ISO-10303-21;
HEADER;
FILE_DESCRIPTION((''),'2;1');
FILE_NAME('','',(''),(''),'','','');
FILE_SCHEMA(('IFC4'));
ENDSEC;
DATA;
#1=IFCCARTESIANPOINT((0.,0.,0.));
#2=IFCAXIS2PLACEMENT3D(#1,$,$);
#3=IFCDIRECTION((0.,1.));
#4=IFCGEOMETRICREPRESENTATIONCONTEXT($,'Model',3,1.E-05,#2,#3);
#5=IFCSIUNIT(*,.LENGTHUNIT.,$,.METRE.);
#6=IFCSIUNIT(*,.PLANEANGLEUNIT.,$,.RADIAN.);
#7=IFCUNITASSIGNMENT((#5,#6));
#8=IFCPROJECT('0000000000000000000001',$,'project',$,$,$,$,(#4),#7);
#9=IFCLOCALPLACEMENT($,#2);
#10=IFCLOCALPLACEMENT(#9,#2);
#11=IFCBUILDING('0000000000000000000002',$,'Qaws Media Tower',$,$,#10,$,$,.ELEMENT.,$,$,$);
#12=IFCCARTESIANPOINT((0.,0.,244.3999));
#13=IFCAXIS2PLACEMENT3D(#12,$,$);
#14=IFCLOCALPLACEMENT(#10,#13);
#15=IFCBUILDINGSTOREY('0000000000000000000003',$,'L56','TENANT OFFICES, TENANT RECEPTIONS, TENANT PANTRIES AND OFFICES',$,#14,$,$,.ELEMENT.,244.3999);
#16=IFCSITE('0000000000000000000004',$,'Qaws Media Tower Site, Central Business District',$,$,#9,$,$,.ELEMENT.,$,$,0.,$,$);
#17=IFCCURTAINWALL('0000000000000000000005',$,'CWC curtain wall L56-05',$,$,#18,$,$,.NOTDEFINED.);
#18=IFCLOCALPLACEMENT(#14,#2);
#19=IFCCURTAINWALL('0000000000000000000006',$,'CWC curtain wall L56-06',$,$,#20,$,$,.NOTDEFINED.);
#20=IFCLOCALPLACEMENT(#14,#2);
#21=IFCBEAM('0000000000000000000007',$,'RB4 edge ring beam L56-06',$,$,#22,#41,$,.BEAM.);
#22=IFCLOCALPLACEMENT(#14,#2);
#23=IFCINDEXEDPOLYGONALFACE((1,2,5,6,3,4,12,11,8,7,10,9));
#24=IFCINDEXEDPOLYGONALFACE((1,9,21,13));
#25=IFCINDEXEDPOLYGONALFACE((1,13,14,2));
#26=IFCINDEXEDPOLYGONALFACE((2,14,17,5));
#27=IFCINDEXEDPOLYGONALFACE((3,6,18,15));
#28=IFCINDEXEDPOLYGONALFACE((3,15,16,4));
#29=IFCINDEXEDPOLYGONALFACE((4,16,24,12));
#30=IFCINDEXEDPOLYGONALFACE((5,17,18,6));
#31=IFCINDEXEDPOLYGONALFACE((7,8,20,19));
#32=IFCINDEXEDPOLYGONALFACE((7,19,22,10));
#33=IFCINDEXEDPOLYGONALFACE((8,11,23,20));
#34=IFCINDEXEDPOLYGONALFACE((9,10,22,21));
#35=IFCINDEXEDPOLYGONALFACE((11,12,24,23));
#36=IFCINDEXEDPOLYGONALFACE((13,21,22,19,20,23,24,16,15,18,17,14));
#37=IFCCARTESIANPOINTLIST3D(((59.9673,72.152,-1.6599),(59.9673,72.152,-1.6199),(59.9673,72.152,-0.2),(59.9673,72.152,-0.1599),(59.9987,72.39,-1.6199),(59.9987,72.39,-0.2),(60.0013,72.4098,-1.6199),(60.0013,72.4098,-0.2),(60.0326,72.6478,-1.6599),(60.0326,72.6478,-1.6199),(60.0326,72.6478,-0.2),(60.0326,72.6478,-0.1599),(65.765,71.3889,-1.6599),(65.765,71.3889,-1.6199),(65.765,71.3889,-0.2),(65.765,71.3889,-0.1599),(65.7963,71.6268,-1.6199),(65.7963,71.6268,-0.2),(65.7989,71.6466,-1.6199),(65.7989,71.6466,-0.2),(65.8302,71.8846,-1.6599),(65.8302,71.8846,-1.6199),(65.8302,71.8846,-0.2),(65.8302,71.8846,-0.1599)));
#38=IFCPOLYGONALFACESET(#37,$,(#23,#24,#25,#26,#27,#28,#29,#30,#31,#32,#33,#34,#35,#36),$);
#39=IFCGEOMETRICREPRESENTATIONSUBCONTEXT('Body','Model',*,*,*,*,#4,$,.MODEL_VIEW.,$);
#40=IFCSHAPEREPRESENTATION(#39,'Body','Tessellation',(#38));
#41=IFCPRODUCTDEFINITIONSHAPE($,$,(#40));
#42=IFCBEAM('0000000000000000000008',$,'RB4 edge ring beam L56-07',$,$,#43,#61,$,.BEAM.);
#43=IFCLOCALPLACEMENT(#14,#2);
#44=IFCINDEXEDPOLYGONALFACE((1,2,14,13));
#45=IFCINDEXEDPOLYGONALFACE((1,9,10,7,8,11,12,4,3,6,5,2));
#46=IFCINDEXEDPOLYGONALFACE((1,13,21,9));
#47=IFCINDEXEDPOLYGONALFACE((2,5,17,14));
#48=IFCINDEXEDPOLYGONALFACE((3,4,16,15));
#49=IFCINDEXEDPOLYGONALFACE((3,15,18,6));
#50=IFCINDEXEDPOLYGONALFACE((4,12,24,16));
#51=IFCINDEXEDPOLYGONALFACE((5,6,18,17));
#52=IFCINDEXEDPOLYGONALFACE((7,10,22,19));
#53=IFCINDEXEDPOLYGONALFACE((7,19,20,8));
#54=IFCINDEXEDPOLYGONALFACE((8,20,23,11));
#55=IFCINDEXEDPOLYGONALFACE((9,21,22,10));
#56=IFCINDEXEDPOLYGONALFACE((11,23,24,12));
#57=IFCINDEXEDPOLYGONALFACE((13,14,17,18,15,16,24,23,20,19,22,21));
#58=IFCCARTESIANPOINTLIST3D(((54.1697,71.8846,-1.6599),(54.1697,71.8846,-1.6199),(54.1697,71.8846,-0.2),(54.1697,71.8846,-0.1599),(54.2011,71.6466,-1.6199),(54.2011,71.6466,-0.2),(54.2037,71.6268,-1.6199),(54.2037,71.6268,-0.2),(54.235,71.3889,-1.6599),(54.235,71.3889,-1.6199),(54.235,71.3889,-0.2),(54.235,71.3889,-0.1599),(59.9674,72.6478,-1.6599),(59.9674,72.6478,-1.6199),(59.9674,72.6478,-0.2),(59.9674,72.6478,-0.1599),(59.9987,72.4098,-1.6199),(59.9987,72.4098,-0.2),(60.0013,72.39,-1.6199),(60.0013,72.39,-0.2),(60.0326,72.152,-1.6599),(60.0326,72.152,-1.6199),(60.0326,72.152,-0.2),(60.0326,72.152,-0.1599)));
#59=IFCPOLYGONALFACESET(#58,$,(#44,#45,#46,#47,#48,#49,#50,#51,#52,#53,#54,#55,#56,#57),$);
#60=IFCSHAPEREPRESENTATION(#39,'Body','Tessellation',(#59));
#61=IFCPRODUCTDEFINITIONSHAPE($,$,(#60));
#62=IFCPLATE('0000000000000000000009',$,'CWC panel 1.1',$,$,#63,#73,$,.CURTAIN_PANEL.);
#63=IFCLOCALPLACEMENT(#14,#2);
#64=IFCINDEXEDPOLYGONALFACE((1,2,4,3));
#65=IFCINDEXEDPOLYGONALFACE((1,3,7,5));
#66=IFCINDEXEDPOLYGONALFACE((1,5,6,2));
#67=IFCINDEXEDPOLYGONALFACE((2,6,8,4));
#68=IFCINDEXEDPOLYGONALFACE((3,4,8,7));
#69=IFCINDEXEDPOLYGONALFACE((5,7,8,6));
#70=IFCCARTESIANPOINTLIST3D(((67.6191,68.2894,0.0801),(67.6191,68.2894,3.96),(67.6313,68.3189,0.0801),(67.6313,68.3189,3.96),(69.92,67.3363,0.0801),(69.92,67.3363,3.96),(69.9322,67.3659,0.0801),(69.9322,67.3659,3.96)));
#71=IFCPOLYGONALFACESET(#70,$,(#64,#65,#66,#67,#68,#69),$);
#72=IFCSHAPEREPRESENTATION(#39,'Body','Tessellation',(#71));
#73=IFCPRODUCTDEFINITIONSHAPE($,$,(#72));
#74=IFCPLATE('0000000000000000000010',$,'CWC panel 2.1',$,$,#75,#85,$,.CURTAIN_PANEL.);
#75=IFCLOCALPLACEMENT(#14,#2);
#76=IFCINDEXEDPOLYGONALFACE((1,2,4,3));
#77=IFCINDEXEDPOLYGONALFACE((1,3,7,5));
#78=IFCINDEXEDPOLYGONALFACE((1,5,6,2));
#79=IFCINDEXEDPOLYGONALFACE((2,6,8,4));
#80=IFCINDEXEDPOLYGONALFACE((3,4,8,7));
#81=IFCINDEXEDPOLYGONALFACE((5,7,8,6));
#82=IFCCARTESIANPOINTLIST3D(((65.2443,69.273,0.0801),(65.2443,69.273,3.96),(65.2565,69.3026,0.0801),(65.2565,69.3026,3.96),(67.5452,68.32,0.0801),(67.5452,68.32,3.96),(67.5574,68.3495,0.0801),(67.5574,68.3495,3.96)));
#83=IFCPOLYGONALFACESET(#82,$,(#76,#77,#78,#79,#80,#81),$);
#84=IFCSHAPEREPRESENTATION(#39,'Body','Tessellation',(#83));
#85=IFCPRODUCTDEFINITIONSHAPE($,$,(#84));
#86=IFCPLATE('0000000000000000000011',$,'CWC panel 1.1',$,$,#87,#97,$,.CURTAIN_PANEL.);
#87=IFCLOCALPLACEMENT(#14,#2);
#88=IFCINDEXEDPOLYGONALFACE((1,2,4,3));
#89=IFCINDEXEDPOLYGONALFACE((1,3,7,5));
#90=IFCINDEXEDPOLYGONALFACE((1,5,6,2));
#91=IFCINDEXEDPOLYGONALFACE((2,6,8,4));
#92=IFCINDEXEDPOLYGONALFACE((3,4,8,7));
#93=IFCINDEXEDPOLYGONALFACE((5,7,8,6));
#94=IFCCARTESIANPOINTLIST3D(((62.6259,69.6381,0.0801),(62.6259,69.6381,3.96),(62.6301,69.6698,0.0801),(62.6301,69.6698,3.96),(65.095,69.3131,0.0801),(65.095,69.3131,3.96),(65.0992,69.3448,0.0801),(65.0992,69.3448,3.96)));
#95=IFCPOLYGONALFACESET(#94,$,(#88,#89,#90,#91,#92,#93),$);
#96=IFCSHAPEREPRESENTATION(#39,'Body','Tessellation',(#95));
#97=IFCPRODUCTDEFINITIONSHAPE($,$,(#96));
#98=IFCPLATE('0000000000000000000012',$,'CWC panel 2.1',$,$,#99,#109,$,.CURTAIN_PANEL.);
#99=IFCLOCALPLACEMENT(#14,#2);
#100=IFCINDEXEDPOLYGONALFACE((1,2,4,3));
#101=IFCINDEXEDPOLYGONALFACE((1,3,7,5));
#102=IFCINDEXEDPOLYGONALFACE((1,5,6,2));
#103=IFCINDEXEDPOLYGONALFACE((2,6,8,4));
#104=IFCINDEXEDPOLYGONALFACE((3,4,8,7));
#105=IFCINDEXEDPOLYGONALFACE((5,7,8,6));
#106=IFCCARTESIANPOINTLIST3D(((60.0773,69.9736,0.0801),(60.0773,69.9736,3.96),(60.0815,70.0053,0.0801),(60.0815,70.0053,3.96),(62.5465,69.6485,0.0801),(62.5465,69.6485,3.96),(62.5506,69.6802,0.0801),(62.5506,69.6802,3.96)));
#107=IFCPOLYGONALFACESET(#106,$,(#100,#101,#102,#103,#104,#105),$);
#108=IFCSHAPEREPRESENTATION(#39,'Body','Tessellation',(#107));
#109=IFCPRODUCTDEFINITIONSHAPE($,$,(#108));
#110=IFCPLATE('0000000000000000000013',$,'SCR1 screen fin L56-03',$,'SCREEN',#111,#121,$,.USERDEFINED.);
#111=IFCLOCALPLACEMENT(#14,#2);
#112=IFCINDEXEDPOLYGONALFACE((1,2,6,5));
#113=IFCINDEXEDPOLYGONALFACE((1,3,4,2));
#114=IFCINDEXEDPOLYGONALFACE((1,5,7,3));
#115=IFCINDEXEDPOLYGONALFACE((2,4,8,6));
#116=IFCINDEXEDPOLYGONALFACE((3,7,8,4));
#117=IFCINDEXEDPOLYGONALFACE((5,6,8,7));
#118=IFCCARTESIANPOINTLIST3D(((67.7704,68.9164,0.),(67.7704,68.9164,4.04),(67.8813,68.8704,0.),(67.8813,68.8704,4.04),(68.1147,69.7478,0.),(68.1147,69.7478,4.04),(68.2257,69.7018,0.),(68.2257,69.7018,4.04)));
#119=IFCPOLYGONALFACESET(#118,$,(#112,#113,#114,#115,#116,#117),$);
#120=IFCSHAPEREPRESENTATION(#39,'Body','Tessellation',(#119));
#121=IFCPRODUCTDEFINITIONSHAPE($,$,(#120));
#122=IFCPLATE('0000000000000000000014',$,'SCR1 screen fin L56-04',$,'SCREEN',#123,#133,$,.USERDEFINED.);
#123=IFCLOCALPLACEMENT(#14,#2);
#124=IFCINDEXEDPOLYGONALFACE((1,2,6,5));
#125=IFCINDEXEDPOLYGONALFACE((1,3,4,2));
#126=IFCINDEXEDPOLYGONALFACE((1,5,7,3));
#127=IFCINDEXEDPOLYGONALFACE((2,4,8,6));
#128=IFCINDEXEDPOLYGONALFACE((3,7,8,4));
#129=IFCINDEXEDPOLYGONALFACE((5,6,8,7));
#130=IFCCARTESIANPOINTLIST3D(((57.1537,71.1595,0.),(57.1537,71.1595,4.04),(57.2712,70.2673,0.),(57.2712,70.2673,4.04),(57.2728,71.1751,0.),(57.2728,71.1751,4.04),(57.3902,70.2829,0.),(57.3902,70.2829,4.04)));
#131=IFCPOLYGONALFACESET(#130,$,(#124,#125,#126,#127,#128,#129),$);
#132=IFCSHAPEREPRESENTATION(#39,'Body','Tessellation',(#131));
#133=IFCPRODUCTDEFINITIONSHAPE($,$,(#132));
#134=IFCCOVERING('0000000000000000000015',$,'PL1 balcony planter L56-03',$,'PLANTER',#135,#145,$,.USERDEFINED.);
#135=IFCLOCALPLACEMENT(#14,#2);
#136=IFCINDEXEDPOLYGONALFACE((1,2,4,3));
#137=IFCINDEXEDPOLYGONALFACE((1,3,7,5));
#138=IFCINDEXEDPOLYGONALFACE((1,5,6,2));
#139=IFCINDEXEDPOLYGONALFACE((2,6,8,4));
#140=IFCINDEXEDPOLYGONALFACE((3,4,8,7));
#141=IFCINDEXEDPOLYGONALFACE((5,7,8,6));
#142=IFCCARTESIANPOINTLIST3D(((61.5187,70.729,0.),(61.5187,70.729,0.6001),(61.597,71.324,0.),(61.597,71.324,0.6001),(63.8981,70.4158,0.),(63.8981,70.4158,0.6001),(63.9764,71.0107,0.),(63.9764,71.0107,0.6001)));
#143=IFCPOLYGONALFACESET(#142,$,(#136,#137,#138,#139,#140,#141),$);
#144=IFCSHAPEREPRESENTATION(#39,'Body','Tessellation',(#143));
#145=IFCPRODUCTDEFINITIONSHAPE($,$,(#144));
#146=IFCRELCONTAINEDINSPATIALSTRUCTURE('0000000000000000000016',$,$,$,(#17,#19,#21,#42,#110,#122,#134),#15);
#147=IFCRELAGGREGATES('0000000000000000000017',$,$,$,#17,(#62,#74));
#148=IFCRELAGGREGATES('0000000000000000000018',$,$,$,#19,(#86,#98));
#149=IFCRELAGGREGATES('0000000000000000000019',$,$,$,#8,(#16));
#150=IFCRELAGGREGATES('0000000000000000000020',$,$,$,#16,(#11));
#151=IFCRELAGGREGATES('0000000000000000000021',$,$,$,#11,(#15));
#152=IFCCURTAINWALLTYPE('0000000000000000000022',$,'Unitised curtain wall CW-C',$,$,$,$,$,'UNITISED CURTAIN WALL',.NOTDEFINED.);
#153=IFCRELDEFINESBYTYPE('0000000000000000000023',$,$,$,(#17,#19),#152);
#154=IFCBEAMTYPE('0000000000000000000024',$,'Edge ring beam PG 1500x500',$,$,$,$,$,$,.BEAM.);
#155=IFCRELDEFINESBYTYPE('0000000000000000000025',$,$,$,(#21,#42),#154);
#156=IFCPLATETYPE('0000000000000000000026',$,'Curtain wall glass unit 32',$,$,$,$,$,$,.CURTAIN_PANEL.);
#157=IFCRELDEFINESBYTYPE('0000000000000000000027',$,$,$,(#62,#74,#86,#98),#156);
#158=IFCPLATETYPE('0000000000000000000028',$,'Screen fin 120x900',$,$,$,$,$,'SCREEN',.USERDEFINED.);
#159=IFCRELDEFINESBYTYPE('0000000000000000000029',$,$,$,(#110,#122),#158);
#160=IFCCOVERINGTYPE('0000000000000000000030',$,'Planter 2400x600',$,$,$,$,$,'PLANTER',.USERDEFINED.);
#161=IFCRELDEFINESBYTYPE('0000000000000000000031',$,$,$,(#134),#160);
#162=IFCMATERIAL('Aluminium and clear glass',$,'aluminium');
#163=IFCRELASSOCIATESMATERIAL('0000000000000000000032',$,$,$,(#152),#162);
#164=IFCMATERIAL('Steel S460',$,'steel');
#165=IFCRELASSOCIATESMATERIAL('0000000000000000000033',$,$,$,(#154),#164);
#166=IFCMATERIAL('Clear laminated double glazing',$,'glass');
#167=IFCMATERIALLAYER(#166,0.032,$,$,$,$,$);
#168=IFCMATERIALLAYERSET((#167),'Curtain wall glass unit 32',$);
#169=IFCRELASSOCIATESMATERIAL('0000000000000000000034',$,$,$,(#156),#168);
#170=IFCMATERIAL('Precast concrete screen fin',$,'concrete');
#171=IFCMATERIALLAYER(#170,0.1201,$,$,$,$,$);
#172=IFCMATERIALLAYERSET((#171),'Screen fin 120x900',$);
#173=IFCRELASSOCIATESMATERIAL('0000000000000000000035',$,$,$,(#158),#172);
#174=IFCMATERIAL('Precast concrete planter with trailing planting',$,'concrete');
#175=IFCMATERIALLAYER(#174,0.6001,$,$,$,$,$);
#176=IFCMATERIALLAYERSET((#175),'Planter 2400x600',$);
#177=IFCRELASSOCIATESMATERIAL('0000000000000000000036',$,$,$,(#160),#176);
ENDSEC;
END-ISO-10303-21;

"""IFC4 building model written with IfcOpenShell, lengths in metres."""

from ifc_helpers import new_model, si_unit, direction, frame, origin, origin_2d, place, context, subcontext, project, spatial, rectangle, i_section, extrude, material, layer, layer_set, material_profile, profile_set, type_object, element, aggregate, save


model = new_model("IFC4")

# Units and contexts
model_context = context("Model", 3, precision=1e-05, world=origin(), true_north=direction((0.0, 1.0)))
body_context = subcontext(model_context, "Body", "Model", "MODEL_VIEW")
ifc_project = project(units=[si_unit("LENGTHUNIT", "METRE"), si_unit("PLANEANGLEUNIT", "RADIAN")], contexts=[model_context])

# Site, building, storey
site_placement = place(None, origin())
site = spatial("IfcSite", under=ifc_project, at=site_placement, Name="Qaws Media Tower Site, Central Business District", CompositionType="ELEMENT", RefElevation=0.0)
building_placement = place(site_placement, origin())
building = spatial("IfcBuilding", under=site, at=building_placement, Name="Qaws Media Tower", CompositionType="ELEMENT")
storey_placement = place(building_placement, frame((0.0, 0.0, 244.3999)))
storey = spatial("IfcBuildingStorey", under=building, at=storey_placement, Name="L56", Description="TENANT OFFICES, TENANT RECEPTIONS, TENANT PANTRIES AND OFFICES", CompositionType="ELEMENT", Elevation=244.3999)

# Shared definitions
ifc_material_1 = material(Name="Aluminium and clear glass", Category="aluminium")
curtain_wall_type = type_object("IfcCurtainWallType", Name="Unitised curtain wall CW-C", ElementType="UNITISED CURTAIN WALL", PredefinedType="NOTDEFINED", material=ifc_material_1)

# Curtain walls
curtain_wall_1_placement = place(storey_placement, origin())
curtain_wall_1 = element("IfcCurtainWall", 1, at=curtain_wall_1_placement, inside=storey, type_object=curtain_wall_type, Name="CWC curtain wall L56-05", PredefinedType="NOTDEFINED")
curtain_wall_2_placement = place(storey_placement, origin())
curtain_wall_2 = element("IfcCurtainWall", 2, at=curtain_wall_2_placement, inside=storey, type_object=curtain_wall_type, Name="CWC curtain wall L56-06", PredefinedType="NOTDEFINED")

# Beams
ifc_material_2 = material(Name="Steel S460", Category="steel")
ifc_material_profile_1 = material_profile(ifc_material_2, i_section(OverallWidth=0.5, OverallDepth=1.5, WebThickness=0.02, FlangeThickness=0.04, at=origin_2d()), Name="PG 1500x500")
ifc_profile_set_1 = profile_set([ifc_material_profile_1], Name="Steel S460")
beam_type = type_object("IfcBeamType", Name="Edge ring beam PG 1500x500", PredefinedType="BEAM", material=ifc_profile_set_1)
for number, where, z_axis, x_axis, name in (
    (3, (65.7976, 71.6367, -0.9099), (-0.991447, 0.130512, 0.0), (-0.130512, -0.991447, 0.0), "RB4 edge ring beam L56-06"),
    (4, (60.0, 72.3999, -0.9099), (-0.991447, -0.130512, 0.0), (0.130512, -0.991447, 0.0), "RB4 edge ring beam L56-07"),
):
    element("IfcBeam", number, at=place(storey_placement, frame(where, z_axis=z_axis, x_axis=x_axis)), inside=storey, type_object=beam_type, Name=name, PredefinedType="BEAM", context=body_context, shape_type="SweptSolid", body=[
        extrude(i_section(OverallWidth=0.5, OverallDepth=1.5, WebThickness=0.02, FlangeThickness=0.04, at=origin_2d()), origin(), (0.0, 0.0, 1.0), 5.8477),
    ])

# Plates
ifc_material_3 = material(Name="Clear laminated double glazing", Category="glass")
ifc_layer_1 = layer(ifc_material_3, 0.032)
ifc_layer_set_1 = layer_set([ifc_layer_1], Name="Curtain wall glass unit 32")
plate_type_1 = type_object("IfcPlateType", Name="Curtain wall glass unit 32", PredefinedType="CURTAIN_PANEL", material=ifc_layer_set_1)
plate_1_placement = place(storey_placement, frame((68.7756, 67.8276, 0.0801), z_axis=(0.0, 0.0, 1.0), x_axis=(-0.923879, 0.382684, 0.0)))
plate_1 = element("IfcPlate", 5, at=plate_1_placement, type_object=plate_type_1, Name="CWC panel 1.1", PredefinedType="CURTAIN_PANEL", context=body_context, shape_type="SweptSolid", body=[
    extrude(rectangle(XDim=2.4905, YDim=0.032, at=origin_2d()), origin(), (0.0, 0.0, 1.0), 3.8799),
])
plate_2_placement = place(storey_placement, frame((66.4009, 68.8113, 0.0801), z_axis=(0.0, 0.0, 1.0), x_axis=(-0.923879, 0.382684, 0.0)))
plate_2 = element("IfcPlate", 6, at=plate_2_placement, type_object=plate_type_1, Name="CWC panel 2.1", PredefinedType="CURTAIN_PANEL", context=body_context, shape_type="SweptSolid", body=[
    extrude(rectangle(XDim=2.4905, YDim=0.032, at=origin_2d()), origin(), (0.0, 0.0, 1.0), 3.8799),
])
aggregate(curtain_wall_1, [plate_1, plate_2])
plate_3_placement = place(storey_placement, frame((63.8625, 69.4915, 0.0801), z_axis=(0.0, 0.0, 1.0), x_axis=(-0.991445, 0.130526, 0.0)))
plate_3 = element("IfcPlate", 7, at=plate_3_placement, type_object=plate_type_1, Name="CWC panel 1.1", PredefinedType="CURTAIN_PANEL", context=body_context, shape_type="SweptSolid", body=[
    extrude(rectangle(XDim=2.4905, YDim=0.032, at=origin_2d()), origin(), (0.0, 0.0, 1.0), 3.8799),
])
plate_4_placement = place(storey_placement, frame((61.314, 69.8269, 0.0801), z_axis=(0.0, 0.0, 1.0), x_axis=(-0.991445, 0.130526, 0.0)))
plate_4 = element("IfcPlate", 8, at=plate_4_placement, type_object=plate_type_1, Name="CWC panel 2.1", PredefinedType="CURTAIN_PANEL", context=body_context, shape_type="SweptSolid", body=[
    extrude(rectangle(XDim=2.4905, YDim=0.032, at=origin_2d()), origin(), (0.0, 0.0, 1.0), 3.8799),
])
aggregate(curtain_wall_2, [plate_3, plate_4])

# Plates
ifc_material_4 = material(Name="Precast concrete screen fin", Category="concrete")
ifc_layer_2 = layer(ifc_material_4, 0.1201)
ifc_layer_set_2 = layer_set([ifc_layer_2], Name="Screen fin 120x900")
plate_type_2 = type_object("IfcPlateType", Name="Screen fin 120x900", ElementType="SCREEN", PredefinedType="USERDEFINED", material=ifc_layer_set_2)
for number, where, z_axis, x_axis, name in (
    (9, (67.998, 69.3091, 0.0), (0.0, 0.0, 1.0), (0.382683, 0.92388, 0.0), "SCR1 screen fin L56-03"),
    (10, (57.272, 70.7212, 0.0), (0.0, 0.0, 1.0), (-0.130526, 0.991445, 0.0), "SCR1 screen fin L56-04"),
):
    element("IfcPlate", number, at=place(storey_placement, frame(where, z_axis=z_axis, x_axis=x_axis)), inside=storey, type_object=plate_type_2, Name=name, ObjectType="SCREEN", PredefinedType="USERDEFINED", context=body_context, shape_type="SweptSolid", body=[
        extrude(rectangle(XDim=0.8999, YDim=0.1201, at=origin_2d()), origin(), (0.0, 0.0, 1.0), 4.04),
    ])

# Covering
ifc_material_5 = material(Name="Precast concrete planter with trailing planting", Category="concrete")
ifc_layer_3 = layer(ifc_material_5, 0.6001)
ifc_layer_set_3 = layer_set([ifc_layer_3], Name="Planter 2400x600")
covering_type = type_object("IfcCoveringType", Name="Planter 2400x600", ElementType="PLANTER", PredefinedType="USERDEFINED", material=ifc_layer_set_3)
covering_placement = place(storey_placement, frame((62.7476, 70.8699, 0.0), z_axis=(0.0, 0.0, 1.0), x_axis=(-0.991445, 0.130526, 0.0)))
element("IfcCovering", 11, at=covering_placement, inside=storey, type_object=covering_type, Name="PL1 balcony planter L56-03", ObjectType="PLANTER", PredefinedType="USERDEFINED", context=body_context, shape_type="SweptSolid", body=[
    extrude(rectangle(XDim=2.3999, YDim=0.6001, at=origin_2d()), origin(), (0.0, 0.0, 1.0), 0.6001),
])

save(model, "model.ifc")
